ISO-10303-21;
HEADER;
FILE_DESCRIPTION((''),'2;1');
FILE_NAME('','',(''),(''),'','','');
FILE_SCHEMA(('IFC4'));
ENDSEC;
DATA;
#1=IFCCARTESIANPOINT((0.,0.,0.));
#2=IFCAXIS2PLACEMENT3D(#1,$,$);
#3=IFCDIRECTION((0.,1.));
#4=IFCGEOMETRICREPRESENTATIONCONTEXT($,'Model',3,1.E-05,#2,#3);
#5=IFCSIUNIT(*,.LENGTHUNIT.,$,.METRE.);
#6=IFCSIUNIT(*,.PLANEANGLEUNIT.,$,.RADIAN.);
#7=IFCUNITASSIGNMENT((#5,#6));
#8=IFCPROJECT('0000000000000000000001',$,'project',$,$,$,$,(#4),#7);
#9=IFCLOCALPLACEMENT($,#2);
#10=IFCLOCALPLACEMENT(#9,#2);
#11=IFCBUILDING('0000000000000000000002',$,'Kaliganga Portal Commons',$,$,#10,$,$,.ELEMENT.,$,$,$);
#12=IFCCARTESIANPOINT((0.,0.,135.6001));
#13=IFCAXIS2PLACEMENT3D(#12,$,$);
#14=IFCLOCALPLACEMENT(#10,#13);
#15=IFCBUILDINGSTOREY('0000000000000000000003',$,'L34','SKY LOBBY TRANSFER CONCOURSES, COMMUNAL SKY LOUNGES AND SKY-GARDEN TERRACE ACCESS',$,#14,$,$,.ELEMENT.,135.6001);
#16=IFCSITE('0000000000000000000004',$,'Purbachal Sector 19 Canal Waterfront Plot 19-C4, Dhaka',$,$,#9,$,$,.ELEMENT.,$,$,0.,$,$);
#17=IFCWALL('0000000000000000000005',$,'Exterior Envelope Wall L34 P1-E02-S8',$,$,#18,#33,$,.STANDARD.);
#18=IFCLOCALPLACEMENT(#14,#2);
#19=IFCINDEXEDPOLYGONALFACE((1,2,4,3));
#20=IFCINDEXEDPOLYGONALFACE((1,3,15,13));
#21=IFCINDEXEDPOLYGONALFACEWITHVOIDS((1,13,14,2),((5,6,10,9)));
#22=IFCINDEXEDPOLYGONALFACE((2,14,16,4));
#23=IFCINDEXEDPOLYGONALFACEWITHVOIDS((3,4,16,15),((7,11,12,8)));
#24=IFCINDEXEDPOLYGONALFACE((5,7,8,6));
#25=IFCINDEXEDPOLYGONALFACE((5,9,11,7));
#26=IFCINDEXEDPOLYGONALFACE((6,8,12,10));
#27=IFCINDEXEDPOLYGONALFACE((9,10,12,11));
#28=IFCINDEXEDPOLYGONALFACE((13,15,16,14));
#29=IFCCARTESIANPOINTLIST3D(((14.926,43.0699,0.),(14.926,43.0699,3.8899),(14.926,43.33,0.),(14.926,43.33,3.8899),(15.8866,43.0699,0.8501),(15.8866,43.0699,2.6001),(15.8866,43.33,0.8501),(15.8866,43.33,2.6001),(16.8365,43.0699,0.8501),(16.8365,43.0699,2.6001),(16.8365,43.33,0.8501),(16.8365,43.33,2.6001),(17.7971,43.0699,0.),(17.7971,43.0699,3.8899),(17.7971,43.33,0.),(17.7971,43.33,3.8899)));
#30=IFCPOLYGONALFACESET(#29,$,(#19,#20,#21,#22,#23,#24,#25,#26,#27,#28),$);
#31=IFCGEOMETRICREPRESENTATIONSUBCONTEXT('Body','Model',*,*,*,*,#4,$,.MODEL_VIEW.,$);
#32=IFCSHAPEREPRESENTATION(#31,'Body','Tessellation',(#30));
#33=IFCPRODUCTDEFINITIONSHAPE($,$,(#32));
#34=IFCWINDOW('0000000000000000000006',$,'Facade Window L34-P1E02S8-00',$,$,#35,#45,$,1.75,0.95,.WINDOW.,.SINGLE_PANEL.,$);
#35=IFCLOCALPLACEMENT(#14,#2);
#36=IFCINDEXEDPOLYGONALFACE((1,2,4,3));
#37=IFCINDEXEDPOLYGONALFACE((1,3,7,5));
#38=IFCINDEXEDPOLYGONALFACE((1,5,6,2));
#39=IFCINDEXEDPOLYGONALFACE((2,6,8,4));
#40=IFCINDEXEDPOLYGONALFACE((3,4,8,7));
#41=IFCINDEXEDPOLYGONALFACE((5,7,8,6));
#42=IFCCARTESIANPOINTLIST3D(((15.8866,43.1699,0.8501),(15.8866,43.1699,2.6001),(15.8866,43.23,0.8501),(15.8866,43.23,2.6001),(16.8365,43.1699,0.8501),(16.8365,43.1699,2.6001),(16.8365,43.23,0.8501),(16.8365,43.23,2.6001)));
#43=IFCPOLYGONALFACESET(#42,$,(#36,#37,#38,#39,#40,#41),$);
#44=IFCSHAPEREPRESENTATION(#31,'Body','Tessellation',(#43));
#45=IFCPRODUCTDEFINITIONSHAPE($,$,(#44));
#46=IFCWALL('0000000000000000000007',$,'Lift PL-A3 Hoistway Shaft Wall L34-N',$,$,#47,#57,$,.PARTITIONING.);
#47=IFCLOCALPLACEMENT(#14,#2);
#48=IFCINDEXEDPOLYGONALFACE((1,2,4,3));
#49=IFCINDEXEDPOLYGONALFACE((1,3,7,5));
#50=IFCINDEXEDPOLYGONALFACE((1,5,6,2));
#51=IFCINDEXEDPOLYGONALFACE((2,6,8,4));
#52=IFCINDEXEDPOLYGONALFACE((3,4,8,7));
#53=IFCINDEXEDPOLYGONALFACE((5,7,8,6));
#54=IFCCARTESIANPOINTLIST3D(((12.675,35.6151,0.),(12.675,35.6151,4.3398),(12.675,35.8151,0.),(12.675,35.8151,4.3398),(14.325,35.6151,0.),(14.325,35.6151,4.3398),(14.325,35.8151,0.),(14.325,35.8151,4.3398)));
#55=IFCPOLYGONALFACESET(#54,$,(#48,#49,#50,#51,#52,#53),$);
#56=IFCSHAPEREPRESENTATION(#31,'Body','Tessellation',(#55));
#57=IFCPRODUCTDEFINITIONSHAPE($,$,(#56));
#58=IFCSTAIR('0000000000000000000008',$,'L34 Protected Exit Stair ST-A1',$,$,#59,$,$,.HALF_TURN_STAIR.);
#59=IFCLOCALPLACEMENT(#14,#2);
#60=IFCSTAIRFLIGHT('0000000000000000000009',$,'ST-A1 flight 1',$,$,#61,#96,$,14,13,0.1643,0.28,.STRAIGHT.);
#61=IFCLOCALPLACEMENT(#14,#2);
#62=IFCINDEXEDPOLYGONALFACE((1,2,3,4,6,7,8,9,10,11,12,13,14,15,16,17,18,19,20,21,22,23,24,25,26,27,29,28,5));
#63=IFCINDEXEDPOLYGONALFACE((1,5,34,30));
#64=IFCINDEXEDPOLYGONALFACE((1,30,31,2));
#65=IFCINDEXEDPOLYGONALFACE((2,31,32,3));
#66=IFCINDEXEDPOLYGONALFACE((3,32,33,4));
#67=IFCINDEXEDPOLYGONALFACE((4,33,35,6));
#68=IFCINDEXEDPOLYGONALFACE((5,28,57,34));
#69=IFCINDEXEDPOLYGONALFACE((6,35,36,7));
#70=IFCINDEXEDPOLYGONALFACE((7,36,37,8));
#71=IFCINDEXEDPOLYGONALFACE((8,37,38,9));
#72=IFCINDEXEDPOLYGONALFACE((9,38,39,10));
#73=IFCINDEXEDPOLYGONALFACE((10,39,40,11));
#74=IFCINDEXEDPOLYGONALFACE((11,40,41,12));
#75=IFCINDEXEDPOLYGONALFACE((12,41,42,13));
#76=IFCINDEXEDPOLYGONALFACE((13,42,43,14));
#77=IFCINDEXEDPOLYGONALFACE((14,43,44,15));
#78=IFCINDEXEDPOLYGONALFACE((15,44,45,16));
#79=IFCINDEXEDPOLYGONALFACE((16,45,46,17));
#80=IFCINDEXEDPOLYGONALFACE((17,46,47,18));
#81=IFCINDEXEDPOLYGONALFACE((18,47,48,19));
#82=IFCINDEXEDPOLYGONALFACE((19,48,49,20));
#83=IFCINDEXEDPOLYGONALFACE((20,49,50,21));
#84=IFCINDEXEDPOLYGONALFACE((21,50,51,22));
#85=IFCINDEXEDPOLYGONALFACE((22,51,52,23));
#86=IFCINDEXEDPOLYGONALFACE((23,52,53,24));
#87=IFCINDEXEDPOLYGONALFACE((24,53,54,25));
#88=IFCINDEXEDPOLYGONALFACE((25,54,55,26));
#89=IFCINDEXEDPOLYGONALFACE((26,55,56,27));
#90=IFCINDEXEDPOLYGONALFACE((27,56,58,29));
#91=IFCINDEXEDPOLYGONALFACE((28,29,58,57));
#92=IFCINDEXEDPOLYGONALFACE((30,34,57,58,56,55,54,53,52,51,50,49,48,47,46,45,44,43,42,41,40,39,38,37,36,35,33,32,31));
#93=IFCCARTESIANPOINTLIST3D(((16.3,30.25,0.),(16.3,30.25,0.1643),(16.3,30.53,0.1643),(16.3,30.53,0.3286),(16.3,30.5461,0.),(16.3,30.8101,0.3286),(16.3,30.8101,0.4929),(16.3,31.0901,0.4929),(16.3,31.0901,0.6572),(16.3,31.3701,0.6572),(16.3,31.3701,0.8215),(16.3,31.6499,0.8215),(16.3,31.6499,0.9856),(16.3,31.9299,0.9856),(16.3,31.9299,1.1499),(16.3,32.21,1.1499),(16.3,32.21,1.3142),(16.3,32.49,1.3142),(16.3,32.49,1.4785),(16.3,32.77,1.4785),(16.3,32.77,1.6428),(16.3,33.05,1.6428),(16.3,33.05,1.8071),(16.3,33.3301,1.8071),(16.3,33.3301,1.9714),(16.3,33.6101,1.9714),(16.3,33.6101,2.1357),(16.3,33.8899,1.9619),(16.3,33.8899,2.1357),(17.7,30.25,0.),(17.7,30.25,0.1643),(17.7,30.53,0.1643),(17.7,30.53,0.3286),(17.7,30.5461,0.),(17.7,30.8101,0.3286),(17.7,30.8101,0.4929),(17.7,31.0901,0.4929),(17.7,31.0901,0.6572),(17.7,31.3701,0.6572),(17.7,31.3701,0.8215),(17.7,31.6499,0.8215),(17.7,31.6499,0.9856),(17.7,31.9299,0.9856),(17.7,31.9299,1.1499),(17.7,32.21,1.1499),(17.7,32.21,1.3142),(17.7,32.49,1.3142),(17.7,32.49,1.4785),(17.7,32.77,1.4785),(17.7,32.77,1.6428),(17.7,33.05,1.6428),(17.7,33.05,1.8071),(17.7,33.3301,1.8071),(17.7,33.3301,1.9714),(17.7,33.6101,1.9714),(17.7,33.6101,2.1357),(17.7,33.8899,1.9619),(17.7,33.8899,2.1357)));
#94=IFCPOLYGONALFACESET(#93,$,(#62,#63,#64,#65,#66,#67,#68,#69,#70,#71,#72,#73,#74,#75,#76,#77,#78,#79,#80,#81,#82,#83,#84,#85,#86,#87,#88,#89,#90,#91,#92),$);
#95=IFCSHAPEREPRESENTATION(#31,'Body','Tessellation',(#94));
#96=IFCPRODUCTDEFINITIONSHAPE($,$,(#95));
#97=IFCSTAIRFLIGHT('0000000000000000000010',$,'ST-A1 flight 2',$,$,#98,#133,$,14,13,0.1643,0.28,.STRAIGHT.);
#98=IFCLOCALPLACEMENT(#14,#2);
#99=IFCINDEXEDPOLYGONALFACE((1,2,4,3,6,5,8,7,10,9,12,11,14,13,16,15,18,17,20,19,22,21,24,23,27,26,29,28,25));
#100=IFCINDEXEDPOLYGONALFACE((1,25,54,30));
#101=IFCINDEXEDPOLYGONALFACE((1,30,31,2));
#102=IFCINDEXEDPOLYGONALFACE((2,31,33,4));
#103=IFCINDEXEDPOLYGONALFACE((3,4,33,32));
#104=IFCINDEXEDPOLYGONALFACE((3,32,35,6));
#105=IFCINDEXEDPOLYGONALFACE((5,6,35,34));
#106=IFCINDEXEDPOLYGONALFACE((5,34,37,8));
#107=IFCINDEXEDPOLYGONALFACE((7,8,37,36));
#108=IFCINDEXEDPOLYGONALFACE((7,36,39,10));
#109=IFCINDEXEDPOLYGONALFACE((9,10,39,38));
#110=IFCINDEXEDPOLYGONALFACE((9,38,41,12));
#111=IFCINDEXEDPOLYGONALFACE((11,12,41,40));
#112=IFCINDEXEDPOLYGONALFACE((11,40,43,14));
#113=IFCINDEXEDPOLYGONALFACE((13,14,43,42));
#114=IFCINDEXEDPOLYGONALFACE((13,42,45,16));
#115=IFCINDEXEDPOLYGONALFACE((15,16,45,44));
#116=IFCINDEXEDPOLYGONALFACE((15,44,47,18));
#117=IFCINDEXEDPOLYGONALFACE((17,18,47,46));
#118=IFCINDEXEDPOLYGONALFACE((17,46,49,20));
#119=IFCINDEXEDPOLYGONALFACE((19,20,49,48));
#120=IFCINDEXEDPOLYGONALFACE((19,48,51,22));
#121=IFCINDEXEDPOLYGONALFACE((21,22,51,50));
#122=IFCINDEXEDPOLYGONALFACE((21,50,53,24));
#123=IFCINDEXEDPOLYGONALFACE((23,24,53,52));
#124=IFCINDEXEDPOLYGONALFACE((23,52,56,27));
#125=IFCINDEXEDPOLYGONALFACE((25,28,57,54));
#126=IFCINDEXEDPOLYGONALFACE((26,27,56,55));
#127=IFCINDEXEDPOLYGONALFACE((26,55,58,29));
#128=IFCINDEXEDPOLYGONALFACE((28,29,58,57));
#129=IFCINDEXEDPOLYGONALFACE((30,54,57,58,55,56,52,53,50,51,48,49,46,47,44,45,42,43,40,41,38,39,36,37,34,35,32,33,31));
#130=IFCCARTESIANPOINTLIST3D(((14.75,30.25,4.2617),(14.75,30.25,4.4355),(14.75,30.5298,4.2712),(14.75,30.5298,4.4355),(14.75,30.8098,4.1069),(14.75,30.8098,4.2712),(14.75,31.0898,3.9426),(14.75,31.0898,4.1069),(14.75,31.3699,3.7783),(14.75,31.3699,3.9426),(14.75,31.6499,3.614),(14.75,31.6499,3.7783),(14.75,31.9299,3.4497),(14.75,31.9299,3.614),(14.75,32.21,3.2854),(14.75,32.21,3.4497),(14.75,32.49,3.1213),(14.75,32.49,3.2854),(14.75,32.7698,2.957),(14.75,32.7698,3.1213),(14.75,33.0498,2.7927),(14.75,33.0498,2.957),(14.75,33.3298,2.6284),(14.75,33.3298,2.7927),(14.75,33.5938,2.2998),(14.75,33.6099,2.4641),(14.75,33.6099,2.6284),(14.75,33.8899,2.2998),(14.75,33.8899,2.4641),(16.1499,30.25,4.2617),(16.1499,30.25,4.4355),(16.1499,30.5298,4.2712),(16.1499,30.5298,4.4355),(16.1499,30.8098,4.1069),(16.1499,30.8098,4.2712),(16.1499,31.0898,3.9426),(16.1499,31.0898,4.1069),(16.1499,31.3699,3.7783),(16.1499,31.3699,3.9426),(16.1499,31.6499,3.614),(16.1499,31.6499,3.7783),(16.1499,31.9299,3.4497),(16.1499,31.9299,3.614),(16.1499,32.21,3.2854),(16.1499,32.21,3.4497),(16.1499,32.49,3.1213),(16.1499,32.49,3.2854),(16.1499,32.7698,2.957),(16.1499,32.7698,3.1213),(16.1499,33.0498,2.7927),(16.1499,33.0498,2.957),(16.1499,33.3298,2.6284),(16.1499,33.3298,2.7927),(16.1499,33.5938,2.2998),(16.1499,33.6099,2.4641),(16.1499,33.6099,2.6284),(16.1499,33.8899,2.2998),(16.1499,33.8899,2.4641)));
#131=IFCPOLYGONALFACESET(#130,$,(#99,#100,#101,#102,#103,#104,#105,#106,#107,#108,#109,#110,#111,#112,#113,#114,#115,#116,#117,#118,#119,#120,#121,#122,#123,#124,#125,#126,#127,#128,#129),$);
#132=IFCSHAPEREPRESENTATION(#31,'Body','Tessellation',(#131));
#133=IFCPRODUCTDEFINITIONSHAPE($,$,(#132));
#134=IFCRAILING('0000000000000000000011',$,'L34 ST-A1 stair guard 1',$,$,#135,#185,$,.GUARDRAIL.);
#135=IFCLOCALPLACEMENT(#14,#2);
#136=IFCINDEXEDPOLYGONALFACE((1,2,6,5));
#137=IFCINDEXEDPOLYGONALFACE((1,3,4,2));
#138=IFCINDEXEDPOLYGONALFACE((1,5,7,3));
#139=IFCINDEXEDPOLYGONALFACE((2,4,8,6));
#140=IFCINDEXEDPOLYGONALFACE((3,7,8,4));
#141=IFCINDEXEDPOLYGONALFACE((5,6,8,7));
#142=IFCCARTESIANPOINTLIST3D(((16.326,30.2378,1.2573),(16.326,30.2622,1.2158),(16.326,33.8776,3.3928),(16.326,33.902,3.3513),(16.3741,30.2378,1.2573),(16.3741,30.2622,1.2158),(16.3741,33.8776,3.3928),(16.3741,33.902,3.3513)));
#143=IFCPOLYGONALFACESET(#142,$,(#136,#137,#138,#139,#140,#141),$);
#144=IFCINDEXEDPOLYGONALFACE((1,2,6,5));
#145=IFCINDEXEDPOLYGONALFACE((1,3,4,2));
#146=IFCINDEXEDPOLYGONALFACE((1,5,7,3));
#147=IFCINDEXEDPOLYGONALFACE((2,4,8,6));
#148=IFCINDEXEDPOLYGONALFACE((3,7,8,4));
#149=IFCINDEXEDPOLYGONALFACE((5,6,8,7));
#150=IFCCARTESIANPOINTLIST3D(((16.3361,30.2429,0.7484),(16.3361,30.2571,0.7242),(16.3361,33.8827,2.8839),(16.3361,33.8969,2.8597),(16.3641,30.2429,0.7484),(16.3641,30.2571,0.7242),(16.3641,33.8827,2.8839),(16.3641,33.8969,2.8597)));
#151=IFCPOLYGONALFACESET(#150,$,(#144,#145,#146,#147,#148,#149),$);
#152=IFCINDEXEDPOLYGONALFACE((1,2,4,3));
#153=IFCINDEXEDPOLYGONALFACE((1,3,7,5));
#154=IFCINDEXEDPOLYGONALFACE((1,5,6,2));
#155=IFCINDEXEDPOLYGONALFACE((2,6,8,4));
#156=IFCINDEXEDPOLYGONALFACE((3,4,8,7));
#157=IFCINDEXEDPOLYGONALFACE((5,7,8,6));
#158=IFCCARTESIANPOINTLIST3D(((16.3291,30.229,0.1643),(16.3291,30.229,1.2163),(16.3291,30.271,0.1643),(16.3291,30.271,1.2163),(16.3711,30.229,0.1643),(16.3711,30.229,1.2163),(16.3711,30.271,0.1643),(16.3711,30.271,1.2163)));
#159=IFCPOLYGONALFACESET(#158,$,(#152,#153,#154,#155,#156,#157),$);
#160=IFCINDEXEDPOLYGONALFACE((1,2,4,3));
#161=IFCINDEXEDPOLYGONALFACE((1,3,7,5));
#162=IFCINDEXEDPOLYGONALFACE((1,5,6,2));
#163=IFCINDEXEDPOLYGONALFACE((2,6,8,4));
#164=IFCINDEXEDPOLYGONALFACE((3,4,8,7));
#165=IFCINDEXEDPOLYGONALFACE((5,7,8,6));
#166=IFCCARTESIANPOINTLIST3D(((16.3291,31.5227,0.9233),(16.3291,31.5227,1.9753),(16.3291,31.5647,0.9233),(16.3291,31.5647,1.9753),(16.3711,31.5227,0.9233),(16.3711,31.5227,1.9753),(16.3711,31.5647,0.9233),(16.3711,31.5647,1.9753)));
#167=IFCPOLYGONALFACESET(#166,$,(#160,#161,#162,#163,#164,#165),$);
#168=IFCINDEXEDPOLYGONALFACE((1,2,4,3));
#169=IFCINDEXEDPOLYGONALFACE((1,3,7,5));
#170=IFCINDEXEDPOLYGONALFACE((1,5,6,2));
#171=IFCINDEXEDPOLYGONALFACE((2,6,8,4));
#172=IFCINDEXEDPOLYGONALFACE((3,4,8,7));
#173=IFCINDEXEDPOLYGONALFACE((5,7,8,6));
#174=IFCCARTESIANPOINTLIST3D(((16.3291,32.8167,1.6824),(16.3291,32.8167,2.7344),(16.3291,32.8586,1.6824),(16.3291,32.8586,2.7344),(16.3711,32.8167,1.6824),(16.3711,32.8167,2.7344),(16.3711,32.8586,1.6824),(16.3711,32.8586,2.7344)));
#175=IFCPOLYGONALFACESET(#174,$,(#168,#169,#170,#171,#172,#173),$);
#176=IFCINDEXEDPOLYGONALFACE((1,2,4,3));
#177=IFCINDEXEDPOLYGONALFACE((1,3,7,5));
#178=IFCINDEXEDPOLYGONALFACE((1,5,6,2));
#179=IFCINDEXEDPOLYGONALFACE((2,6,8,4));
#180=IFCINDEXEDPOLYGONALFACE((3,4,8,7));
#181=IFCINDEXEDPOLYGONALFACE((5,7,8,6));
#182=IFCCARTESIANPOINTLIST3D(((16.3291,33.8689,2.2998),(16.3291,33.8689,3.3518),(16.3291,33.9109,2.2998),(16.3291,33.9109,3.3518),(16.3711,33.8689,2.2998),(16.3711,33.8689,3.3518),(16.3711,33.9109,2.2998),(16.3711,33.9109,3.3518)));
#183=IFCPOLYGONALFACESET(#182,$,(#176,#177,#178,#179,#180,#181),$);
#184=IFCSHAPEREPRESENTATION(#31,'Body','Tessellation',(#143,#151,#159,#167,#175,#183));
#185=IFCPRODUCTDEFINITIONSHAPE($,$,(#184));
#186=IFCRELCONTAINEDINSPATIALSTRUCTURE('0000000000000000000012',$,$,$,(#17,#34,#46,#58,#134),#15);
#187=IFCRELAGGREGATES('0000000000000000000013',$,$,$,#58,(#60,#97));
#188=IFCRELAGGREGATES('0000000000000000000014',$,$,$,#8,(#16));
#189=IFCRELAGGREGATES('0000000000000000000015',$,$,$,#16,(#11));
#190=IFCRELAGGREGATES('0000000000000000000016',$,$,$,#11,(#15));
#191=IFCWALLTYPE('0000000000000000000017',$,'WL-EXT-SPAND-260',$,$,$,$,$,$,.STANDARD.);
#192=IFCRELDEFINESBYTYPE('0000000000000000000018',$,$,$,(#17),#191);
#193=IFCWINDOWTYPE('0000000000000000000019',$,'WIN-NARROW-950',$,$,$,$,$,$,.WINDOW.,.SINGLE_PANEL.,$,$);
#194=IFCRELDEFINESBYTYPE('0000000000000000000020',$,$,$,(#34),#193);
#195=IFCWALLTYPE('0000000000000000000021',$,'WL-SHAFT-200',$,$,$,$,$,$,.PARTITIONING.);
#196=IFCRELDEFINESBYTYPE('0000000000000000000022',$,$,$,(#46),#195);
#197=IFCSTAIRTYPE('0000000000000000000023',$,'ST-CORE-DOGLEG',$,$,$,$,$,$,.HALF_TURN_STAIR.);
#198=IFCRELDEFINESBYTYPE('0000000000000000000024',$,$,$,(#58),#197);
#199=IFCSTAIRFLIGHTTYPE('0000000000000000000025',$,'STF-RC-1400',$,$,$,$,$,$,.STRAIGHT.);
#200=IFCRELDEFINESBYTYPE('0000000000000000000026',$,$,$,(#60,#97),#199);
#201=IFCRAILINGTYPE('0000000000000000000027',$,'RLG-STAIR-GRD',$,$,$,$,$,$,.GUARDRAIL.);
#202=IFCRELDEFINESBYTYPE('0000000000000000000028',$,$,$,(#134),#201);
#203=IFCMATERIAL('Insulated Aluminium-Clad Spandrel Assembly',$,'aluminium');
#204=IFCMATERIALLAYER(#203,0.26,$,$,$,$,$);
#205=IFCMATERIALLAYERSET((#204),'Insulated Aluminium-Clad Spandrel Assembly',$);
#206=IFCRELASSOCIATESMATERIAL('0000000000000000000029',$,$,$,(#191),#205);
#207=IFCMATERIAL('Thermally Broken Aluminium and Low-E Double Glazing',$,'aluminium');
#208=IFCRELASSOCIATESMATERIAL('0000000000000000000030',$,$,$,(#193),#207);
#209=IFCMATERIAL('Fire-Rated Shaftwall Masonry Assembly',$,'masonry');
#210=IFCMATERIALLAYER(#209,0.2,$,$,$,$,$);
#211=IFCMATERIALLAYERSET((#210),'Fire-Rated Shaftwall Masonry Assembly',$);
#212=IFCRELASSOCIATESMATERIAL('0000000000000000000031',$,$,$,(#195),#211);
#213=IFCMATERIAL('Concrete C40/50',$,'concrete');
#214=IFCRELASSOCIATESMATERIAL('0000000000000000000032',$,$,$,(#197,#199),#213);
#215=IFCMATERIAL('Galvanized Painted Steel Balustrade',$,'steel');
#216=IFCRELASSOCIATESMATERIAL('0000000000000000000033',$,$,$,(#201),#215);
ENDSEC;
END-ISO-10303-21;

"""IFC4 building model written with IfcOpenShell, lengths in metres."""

from ifc_helpers import new_model, si_unit, direction, frame, frame_2d, origin, origin_2d, place, context, subcontext, project, spatial, polyline, rectangle, outline, extrude, material, layer, layer_set, type_object, element, fill, aggregate, save


model = new_model("IFC4")

# Units and contexts
model_context = context("Model", 3, precision=1e-05, world=origin(), true_north=direction((0.0, 1.0)))
body_context = subcontext(model_context, "Body", "Model", "MODEL_VIEW")
ifc_project = project(units=[si_unit("LENGTHUNIT", "METRE"), si_unit("PLANEANGLEUNIT", "RADIAN")], contexts=[model_context])

# Site, building, storey
site_placement = place(None, origin())
site = spatial("IfcSite", under=ifc_project, at=site_placement, Name="Purbachal Sector 19 Canal Waterfront Plot 19-C4, Dhaka", CompositionType="ELEMENT", RefElevation=0.0)
building_placement = place(site_placement, origin())
building = spatial("IfcBuilding", under=site, at=building_placement, Name="Kaliganga Portal Commons", CompositionType="ELEMENT")
storey_placement = place(building_placement, frame((0.0, 0.0, 135.6001)))
storey = spatial("IfcBuildingStorey", under=building, at=storey_placement, Name="L34", Description="SKY LOBBY TRANSFER CONCOURSES, COMMUNAL SKY LOUNGES AND SKY-GARDEN TERRACE ACCESS", CompositionType="ELEMENT", Elevation=135.6001)

# Wall, opening, window
ifc_material_1 = material(Name="Insulated Aluminium-Clad Spandrel Assembly", Category="aluminium")
ifc_layer_1 = layer(ifc_material_1, 0.26)
ifc_layer_set_1 = layer_set([ifc_layer_1], Name="Insulated Aluminium-Clad Spandrel Assembly")
wall_type_1 = type_object("IfcWallType", Name="WL-EXT-SPAND-260", PredefinedType="STANDARD", material=ifc_layer_set_1)
wall_1_placement = place(storey_placement, frame((14.926, 43.2, 0.0), z_axis=(0.0, 0.0, 1.0), x_axis=(1.0, 0.0, 0.0)))
wall_1 = element("IfcWall", 1, at=wall_1_placement, inside=storey, type_object=wall_type_1, Name="Exterior Envelope Wall L34 P1-E02-S8", PredefinedType="STANDARD", context=body_context, shape_type="SweptSolid", body=[
    extrude(rectangle(XDim=2.8711, YDim=0.26, at=frame_2d((1.4355, 0.0))), origin(), (0.0, 0.0, 1.0), 3.8899),
])
opening_placement = place(wall_1_placement, frame((0.9604, 0.0, 0.8501)))
opening = element("IfcOpeningElement", 2, at=opening_placement, cuts=wall_1, PredefinedType="OPENING", context=body_context, shape_type="SweptSolid", body=[
    extrude(rectangle(XDim=0.95, YDim=1.75, at=frame_2d((0.4751, 0.875))), frame((0.0, 0.1401, 0.0), z_axis=(0.0, -1.0, 0.0), x_axis=(1.0, 0.0, 0.0)), (0.0, 0.0, 1.0), 0.28),
])
ifc_material_2 = material(Name="Thermally Broken Aluminium and Low-E Double Glazing", Category="aluminium")
window_type = type_object("IfcWindowType", Name="WIN-NARROW-950", PartitioningType="SINGLE_PANEL", PredefinedType="WINDOW", material=ifc_material_2)
window_placement = place(opening_placement, origin())
window = element("IfcWindow", 3, at=window_placement, inside=storey, type_object=window_type, Name="Facade Window L34-P1E02S8-00", OverallHeight=1.75, OverallWidth=0.95, PartitioningType="SINGLE_PANEL", PredefinedType="WINDOW", context=body_context, shape_type="SweptSolid", body=[
    extrude(rectangle(XDim=0.95, YDim=1.75, at=frame_2d((0.4751, 0.875))), frame((0.0, 0.03, 0.0), z_axis=(0.0, -1.0, 0.0), x_axis=(1.0, 0.0, 0.0)), (0.0, 0.0, 1.0), 0.0601),
])
fill(opening, window)

# Wall
ifc_material_3 = material(Name="Fire-Rated Shaftwall Masonry Assembly", Category="masonry")
ifc_layer_2 = layer(ifc_material_3, 0.2)
ifc_layer_set_2 = layer_set([ifc_layer_2], Name="Fire-Rated Shaftwall Masonry Assembly")
wall_type_2 = type_object("IfcWallType", Name="WL-SHAFT-200", PredefinedType="PARTITIONING", material=ifc_layer_set_2)
wall_2_placement = place(storey_placement, frame((12.675, 35.7151, 0.0), z_axis=(0.0, 0.0, 1.0), x_axis=(1.0, 0.0, 0.0)))
element("IfcWall", 4, at=wall_2_placement, inside=storey, type_object=wall_type_2, Name="Lift PL-A3 Hoistway Shaft Wall L34-N", PredefinedType="PARTITIONING", context=body_context, shape_type="SweptSolid", body=[
    extrude(rectangle(XDim=1.6499, YDim=0.2, at=frame_2d((0.825, 0.0))), origin(), (0.0, 0.0, 1.0), 4.3398),
])

# Stair, stair flights
ifc_material_4 = material(Name="Concrete C40/50", Category="concrete")
stair_type = type_object("IfcStairType", Name="ST-CORE-DOGLEG", PredefinedType="HALF_TURN_STAIR", material=ifc_material_4)
stair_placement = place(storey_placement, origin())
stair = element("IfcStair", 5, at=stair_placement, inside=storey, type_object=stair_type, Name="L34 Protected Exit Stair ST-A1", PredefinedType="HALF_TURN_STAIR")
stair_flight_type = type_object("IfcStairFlightType", Name="STF-RC-1400", PredefinedType="STRAIGHT", material=ifc_material_4)
stair_flight_1_placement = place(storey_placement, frame((17.0, 30.25, 0.0), z_axis=(0.0, 0.0, 1.0), x_axis=(0.0, 1.0, 0.0)))
stair_flight_1 = element("IfcStairFlight", 6, at=stair_flight_1_placement, type_object=stair_flight_type, Name="ST-A1 flight 1", NumberOfRisers=14, NumberOfTreads=13, PredefinedType="STRAIGHT", RiserHeight=0.1643, TreadLength=0.28, context=body_context, shape_type="SweptSolid", body=[
    extrude(outline(polyline([(0.0, 0.0), (0.0, 0.1643), (0.28, 0.1643), (0.28, 0.3286), (0.5601, 0.3286), (0.5601, 0.4929), (0.8401, 0.4929), (0.8401, 0.6572), (1.1201, 0.6572), (1.1201, 0.8215), (1.3999, 0.8215), (1.3999, 0.9856), (1.6799, 0.9856), (1.6799, 1.1499), (1.96, 1.1499), (1.96, 1.3142), (2.24, 1.3142), (2.24, 1.4785), (2.52, 1.4785), (2.52, 1.6428), (2.8, 1.6428), (2.8, 1.8071), (3.0801, 1.8071), (3.0801, 1.9714), (3.3601, 1.9714), (3.3601, 2.1357), (3.6399, 2.1357), (3.6399, 2.3), (3.6399, 1.9619), (0.2961, 0.0), (0.0, 0.0)])), frame((0.0, 0.7, 0.0), z_axis=(0.0, -1.0, 0.0), x_axis=(1.0, 0.0, 0.0)), (0.0, 0.0, 1.0), 1.3999),
])
stair_flight_2_placement = place(storey_placement, frame((15.45, 33.8899, 2.2998), z_axis=(0.0, 0.0, 1.0), x_axis=(0.0, -1.0, 0.0)))
stair_flight_2 = element("IfcStairFlight", 7, at=stair_flight_2_placement, type_object=stair_flight_type, Name="ST-A1 flight 2", NumberOfRisers=14, NumberOfTreads=13, PredefinedType="STRAIGHT", RiserHeight=0.1643, TreadLength=0.28, context=body_context, shape_type="SweptSolid", body=[
    extrude(outline(polyline([(0.0, 0.0), (0.0, 0.1643), (0.28, 0.1643), (0.28, 0.3286), (0.5601, 0.3286), (0.5601, 0.4929), (0.8401, 0.4929), (0.8401, 0.6572), (1.1201, 0.6572), (1.1201, 0.8215), (1.3999, 0.8215), (1.3999, 0.9856), (1.6799, 0.9856), (1.6799, 1.1499), (1.96, 1.1499), (1.96, 1.3142), (2.24, 1.3142), (2.24, 1.4785), (2.52, 1.4785), (2.52, 1.6428), (2.8, 1.6428), (2.8, 1.8071), (3.0801, 1.8071), (3.0801, 1.9714), (3.3601, 1.9714), (3.3601, 2.1357), (3.6399, 2.1357), (3.6399, 2.3), (3.6399, 1.9619), (0.2961, 0.0), (0.0, 0.0)])), frame((0.0, 0.7, 0.0), z_axis=(0.0, -1.0, 0.0), x_axis=(1.0, 0.0, 0.0)), (0.0, 0.0, 1.0), 1.3999),
])
aggregate(stair, [stair_flight_1, stair_flight_2])

# Railing
ifc_material_5 = material(Name="Galvanized Painted Steel Balustrade", Category="steel")
railing_type_1 = type_object("IfcRailingType", Name="RLG-STAIR-GRD", PredefinedType="GUARDRAIL", material=ifc_material_5)
railing_1_placement = place(storey_placement, frame((16.3501, 30.25, 0.1643)))
element("IfcRailing", 8, at=railing_1_placement, inside=storey, type_object=railing_type_1, Name="L34 ST-A1 stair guard 1", PredefinedType="GUARDRAIL", context=body_context, shape_type="SweptSolid", body=[
    extrude(rectangle(XDim=0.0481, YDim=0.0481, at=origin_2d()), frame((0.0, 0.0, 1.0723), z_axis=(0.0, 0.862515, 0.506031), x_axis=(-1.0, 0.0, 0.0)), (0.0, 0.0, 1.0), 4.22),
    extrude(rectangle(XDim=0.0281, YDim=0.0281, at=origin_2d()), frame((0.0, 0.0, 0.572), z_axis=(0.0, 0.862515, 0.506031), x_axis=(-1.0, 0.0, 0.0)), (0.0, 0.0, 1.0), 4.22),
    extrude(rectangle(XDim=0.042, YDim=0.042, at=origin_2d()), origin(), (0.0, 0.0, 1.0), 1.052),
    extrude(rectangle(XDim=0.042, YDim=0.042, at=origin_2d()), frame((0.0, 1.2937, 0.759)), (0.0, 0.0, 1.0), 1.052),
    extrude(rectangle(XDim=0.042, YDim=0.042, at=origin_2d()), frame((0.0, 2.5876, 1.5181)), (0.0, 0.0, 1.0), 1.052),
    extrude(rectangle(XDim=0.042, YDim=0.042, at=origin_2d()), frame((0.0, 3.6399, 2.1355)), (0.0, 0.0, 1.0), 1.052),
])

save(model, "model.ifc")
